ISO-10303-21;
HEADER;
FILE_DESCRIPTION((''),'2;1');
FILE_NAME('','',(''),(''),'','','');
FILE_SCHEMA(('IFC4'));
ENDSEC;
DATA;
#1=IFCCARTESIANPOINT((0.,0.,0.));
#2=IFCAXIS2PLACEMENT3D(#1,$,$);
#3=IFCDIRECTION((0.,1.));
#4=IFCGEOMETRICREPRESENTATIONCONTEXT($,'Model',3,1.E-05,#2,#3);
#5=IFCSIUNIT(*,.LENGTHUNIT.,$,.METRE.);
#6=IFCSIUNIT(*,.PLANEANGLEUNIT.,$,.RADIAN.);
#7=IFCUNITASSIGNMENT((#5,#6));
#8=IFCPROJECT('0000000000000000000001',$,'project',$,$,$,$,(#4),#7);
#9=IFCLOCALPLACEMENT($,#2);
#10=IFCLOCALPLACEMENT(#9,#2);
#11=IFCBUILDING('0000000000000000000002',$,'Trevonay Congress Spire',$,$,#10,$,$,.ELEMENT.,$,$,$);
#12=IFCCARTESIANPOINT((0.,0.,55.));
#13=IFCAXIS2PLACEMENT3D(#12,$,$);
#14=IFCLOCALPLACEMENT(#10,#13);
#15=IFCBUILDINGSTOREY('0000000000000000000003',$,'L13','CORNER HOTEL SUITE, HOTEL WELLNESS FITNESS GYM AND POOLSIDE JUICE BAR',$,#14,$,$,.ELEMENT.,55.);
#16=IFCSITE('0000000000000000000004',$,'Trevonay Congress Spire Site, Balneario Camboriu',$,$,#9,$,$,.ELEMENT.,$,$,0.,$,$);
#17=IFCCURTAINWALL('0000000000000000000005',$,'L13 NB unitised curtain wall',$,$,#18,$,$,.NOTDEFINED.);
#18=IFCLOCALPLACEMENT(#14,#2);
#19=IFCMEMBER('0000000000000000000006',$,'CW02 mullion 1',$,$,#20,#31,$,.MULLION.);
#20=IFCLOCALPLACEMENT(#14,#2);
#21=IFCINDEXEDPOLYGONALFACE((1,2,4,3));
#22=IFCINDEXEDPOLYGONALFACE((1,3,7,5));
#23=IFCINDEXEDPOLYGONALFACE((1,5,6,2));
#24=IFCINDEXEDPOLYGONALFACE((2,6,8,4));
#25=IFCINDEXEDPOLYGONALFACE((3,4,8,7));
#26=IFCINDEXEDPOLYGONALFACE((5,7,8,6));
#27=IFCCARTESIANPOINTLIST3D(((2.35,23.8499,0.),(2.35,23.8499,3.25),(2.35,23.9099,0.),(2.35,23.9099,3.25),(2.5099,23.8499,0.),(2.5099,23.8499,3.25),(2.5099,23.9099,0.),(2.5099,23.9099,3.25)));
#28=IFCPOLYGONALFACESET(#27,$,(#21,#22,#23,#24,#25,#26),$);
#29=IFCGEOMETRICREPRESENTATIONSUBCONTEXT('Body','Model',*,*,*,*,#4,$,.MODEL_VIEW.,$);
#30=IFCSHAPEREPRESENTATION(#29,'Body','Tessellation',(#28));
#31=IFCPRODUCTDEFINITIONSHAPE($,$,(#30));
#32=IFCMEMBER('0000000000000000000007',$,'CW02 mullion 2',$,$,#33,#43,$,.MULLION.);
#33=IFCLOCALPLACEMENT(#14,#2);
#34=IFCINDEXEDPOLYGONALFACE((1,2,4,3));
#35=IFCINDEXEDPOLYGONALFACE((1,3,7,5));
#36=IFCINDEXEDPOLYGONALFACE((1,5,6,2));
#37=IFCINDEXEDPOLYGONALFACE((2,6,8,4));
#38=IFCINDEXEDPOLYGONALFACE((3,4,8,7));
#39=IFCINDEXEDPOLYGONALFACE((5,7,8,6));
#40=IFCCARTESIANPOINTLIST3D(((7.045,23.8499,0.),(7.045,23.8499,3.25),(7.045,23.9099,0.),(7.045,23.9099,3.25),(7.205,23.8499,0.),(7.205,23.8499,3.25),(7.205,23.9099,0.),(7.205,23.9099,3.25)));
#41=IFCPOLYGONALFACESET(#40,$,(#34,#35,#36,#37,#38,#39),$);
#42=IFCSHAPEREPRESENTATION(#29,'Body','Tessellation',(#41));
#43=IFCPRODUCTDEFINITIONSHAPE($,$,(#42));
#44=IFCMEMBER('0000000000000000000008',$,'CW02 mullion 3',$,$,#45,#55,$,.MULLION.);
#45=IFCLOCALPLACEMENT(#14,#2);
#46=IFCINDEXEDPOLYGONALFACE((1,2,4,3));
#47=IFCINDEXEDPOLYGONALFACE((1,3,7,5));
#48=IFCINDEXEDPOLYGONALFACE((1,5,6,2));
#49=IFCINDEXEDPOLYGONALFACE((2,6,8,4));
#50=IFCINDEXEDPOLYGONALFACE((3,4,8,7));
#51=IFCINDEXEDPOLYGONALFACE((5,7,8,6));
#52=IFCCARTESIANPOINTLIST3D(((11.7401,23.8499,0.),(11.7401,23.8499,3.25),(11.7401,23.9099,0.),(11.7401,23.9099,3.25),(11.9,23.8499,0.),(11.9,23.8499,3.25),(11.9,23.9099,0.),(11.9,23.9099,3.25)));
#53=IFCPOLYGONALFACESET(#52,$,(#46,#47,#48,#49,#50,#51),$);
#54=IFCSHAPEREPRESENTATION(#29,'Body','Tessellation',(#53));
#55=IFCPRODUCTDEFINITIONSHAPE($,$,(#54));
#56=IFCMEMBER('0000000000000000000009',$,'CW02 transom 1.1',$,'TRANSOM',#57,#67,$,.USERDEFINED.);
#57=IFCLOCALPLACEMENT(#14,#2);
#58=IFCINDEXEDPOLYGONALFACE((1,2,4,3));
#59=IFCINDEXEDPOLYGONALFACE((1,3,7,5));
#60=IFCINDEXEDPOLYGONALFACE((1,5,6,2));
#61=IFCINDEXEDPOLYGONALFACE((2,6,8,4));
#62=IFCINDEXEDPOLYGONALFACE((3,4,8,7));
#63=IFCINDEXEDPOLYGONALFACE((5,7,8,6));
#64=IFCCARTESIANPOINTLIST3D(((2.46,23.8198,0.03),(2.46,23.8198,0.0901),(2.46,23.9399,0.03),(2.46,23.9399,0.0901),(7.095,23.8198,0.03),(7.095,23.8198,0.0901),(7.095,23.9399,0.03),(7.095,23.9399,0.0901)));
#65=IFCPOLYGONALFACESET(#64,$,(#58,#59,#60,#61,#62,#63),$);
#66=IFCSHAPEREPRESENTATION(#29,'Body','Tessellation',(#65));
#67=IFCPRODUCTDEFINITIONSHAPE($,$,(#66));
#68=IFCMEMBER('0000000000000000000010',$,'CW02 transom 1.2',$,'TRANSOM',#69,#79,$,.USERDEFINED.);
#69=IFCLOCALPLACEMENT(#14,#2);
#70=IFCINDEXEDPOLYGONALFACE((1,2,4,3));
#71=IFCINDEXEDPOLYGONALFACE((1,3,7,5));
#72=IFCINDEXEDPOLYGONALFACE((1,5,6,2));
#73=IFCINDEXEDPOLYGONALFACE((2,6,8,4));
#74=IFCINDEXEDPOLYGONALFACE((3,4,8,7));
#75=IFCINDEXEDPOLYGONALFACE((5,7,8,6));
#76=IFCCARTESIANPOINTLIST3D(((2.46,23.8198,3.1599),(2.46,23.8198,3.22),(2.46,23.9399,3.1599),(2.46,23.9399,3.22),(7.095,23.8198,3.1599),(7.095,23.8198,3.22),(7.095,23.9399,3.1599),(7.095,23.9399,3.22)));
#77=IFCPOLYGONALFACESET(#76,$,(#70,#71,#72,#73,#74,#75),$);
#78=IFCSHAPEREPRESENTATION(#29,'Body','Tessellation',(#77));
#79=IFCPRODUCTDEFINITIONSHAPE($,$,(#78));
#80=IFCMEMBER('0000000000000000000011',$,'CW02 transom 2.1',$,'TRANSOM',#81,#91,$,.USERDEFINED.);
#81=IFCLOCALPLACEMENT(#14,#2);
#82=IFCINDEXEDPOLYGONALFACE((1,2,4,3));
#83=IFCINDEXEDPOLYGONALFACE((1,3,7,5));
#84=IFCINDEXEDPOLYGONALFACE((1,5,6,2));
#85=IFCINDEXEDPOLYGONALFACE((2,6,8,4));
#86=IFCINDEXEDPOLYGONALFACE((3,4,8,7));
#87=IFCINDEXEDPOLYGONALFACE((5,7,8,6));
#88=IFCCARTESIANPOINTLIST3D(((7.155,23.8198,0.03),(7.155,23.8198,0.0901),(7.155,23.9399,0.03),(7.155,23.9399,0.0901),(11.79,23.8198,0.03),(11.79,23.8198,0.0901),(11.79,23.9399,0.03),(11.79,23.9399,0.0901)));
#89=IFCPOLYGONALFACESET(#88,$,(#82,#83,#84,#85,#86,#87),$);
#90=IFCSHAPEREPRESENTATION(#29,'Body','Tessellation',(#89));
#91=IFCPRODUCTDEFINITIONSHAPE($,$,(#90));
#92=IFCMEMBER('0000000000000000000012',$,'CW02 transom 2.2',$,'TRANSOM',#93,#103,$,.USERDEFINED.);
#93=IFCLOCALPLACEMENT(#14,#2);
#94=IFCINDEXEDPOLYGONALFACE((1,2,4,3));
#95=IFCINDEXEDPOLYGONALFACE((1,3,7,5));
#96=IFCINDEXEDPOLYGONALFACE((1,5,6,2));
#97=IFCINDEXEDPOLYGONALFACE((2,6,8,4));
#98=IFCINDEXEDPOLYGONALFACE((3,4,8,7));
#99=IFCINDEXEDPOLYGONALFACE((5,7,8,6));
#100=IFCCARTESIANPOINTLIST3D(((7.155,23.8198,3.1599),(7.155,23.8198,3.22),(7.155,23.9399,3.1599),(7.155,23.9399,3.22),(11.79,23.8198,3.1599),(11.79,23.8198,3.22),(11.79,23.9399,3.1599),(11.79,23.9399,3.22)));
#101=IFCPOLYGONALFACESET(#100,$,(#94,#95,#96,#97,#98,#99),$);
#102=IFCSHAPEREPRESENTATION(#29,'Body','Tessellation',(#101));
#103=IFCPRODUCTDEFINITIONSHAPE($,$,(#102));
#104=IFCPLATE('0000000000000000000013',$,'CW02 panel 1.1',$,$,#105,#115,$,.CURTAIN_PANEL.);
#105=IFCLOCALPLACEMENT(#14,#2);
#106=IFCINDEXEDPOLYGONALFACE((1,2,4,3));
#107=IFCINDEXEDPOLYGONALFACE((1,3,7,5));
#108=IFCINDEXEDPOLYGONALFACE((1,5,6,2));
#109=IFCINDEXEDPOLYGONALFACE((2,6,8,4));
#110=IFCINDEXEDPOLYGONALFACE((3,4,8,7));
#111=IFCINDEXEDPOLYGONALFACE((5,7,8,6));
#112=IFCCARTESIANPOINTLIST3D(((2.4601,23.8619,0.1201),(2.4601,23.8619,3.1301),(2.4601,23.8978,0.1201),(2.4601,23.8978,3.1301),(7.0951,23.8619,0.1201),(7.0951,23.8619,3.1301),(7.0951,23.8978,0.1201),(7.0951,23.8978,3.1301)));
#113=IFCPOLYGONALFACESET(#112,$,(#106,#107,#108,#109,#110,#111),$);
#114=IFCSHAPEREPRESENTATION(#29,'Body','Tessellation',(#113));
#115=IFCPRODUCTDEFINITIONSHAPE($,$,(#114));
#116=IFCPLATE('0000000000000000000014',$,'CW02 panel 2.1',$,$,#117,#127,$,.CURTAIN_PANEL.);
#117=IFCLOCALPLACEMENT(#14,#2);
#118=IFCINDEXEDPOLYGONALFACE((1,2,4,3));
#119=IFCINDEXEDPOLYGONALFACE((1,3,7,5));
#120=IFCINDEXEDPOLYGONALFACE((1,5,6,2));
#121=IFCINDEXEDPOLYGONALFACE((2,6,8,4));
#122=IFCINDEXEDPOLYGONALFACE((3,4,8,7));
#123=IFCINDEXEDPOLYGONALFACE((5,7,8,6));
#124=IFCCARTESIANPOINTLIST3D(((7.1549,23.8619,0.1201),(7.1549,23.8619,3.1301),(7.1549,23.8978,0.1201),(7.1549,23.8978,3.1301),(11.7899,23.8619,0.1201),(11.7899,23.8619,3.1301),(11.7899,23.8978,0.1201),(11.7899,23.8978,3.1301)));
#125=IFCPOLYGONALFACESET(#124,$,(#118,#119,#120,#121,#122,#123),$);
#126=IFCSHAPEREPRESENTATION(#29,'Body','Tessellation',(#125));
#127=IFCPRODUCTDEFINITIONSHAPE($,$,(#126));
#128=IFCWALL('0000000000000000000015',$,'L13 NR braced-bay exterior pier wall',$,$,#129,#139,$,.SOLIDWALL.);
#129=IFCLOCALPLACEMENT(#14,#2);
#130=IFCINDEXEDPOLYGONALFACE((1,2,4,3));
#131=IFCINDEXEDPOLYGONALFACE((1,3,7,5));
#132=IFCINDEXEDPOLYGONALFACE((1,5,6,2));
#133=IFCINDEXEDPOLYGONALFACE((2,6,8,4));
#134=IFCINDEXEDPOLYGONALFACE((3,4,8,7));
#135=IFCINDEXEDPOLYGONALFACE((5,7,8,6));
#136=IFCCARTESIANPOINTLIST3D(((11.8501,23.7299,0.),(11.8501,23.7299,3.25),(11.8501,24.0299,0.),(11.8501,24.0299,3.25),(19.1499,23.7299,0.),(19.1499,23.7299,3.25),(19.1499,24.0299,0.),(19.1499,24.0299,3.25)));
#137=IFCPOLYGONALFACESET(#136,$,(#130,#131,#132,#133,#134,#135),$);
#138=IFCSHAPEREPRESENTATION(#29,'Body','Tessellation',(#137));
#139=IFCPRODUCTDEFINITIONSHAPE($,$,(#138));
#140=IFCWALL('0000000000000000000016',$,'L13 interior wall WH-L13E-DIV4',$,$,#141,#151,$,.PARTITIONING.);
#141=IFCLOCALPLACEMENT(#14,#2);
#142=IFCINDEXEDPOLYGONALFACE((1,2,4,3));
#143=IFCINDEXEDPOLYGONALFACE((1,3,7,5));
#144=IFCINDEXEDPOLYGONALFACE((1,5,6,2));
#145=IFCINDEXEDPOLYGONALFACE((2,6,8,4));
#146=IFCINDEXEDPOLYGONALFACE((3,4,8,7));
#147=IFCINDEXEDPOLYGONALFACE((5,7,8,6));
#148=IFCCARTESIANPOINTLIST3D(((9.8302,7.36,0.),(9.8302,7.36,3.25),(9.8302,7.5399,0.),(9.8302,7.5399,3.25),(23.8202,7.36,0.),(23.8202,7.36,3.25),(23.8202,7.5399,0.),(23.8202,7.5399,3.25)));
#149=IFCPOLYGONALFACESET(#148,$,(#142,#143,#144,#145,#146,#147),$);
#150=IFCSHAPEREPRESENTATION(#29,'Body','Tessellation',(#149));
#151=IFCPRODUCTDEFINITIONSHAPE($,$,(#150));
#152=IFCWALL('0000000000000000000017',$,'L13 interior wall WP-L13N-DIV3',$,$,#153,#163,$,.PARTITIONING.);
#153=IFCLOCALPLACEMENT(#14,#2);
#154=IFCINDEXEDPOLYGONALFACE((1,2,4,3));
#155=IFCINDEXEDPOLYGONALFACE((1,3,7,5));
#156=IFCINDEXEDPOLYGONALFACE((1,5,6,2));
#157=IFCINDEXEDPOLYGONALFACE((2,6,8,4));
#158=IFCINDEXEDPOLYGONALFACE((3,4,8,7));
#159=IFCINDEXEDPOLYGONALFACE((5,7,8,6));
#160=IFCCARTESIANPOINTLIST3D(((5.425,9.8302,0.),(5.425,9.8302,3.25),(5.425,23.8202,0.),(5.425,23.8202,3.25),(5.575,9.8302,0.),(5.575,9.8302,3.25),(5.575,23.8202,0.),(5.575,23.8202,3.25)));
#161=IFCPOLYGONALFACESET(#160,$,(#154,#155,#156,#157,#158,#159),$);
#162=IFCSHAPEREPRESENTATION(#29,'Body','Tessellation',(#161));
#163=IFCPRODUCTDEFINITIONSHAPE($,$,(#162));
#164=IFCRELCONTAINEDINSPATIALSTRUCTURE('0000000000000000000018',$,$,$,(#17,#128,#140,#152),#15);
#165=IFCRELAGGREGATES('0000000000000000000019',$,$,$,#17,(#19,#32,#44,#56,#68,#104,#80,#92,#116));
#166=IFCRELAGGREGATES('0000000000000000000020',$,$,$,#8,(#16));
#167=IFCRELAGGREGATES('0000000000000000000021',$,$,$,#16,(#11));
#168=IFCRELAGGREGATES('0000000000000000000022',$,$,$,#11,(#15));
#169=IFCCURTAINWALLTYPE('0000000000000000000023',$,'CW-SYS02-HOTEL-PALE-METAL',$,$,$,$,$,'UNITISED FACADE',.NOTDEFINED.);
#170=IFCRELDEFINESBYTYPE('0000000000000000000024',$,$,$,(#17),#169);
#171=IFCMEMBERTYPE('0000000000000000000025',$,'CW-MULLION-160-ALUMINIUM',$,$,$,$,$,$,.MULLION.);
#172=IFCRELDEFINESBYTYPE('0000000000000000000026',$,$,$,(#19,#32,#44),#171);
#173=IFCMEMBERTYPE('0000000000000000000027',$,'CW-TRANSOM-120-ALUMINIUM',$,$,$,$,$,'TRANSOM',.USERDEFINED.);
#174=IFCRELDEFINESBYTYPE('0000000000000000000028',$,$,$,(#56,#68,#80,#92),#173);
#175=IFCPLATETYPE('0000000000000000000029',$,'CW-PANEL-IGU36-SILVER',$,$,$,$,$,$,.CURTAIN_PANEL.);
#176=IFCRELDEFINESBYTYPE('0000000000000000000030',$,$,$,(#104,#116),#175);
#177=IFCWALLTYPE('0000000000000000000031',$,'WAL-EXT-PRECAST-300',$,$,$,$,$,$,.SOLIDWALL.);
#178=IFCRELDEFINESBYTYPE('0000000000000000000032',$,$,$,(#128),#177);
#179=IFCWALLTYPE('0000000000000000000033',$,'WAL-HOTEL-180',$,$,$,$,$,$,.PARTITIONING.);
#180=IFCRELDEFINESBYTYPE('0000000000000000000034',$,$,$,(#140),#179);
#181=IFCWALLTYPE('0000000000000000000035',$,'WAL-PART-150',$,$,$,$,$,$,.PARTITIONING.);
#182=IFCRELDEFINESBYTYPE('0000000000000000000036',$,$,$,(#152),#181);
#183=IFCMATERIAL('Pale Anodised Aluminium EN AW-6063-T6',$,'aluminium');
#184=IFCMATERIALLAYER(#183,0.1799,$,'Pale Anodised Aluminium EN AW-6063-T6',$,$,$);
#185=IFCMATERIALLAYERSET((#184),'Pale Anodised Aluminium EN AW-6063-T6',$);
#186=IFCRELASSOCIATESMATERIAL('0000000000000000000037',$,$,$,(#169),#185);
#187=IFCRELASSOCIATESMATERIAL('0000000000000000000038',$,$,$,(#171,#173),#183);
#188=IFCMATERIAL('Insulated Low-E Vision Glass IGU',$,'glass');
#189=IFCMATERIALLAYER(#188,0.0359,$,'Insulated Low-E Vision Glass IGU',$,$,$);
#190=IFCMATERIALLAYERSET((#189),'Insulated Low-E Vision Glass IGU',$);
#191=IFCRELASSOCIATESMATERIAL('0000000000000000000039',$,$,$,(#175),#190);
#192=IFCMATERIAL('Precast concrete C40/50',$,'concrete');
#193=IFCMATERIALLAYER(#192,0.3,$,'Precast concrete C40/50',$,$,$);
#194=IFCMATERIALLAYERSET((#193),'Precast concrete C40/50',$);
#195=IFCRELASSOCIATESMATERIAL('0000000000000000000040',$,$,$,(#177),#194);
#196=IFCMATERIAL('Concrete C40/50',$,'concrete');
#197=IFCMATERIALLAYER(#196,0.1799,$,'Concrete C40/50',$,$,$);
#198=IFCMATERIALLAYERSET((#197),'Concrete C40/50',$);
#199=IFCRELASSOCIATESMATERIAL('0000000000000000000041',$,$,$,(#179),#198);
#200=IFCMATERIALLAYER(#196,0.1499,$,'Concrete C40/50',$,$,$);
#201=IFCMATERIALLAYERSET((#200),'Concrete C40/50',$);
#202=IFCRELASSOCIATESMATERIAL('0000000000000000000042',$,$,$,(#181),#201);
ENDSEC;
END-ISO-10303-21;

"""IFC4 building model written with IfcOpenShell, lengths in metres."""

from ifc_helpers import new_model, si_unit, direction, frame, frame_2d, origin, origin_2d, place, context, subcontext, project, spatial, rectangle, extrude, material, layer, layer_set, material_profile, profile_set, type_object, element, aggregate, save


model = new_model("IFC4")

# Units and contexts
model_context = context("Model", 3, precision=1e-05, world=origin(), true_north=direction((0.0, 1.0)))
body_context = subcontext(model_context, "Body", "Model", "MODEL_VIEW")
ifc_project = project(units=[si_unit("LENGTHUNIT", "METRE"), si_unit("PLANEANGLEUNIT", "RADIAN")], contexts=[model_context])

# Site, building, storey
site_placement = place(None, origin())
site = spatial("IfcSite", under=ifc_project, at=site_placement, Name="Trevonay Congress Spire Site, Balneario Camboriu", CompositionType="ELEMENT", RefElevation=0.0)
building_placement = place(site_placement, origin())
building = spatial("IfcBuilding", under=site, at=building_placement, Name="Trevonay Congress Spire", CompositionType="ELEMENT")
storey_placement = place(building_placement, frame((0.0, 0.0, 55.0)))
storey = spatial("IfcBuildingStorey", under=building, at=storey_placement, Name="L13", Description="CORNER HOTEL SUITE, HOTEL WELLNESS FITNESS GYM AND POOLSIDE JUICE BAR", CompositionType="ELEMENT", Elevation=55.0)

# Curtain wall, members, plates
ifc_material_1 = material(Name="Pale Anodised Aluminium EN AW-6063-T6", Category="aluminium")
ifc_layer_1 = layer(ifc_material_1, 0.1799, Name="Pale Anodised Aluminium EN AW-6063-T6")
ifc_layer_set_1 = layer_set([ifc_layer_1], Name="Pale Anodised Aluminium EN AW-6063-T6")
curtain_wall_type = type_object("IfcCurtainWallType", Name="CW-SYS02-HOTEL-PALE-METAL", ElementType="UNITISED FACADE", PredefinedType="NOTDEFINED", material=ifc_layer_set_1)
curtain_wall_placement = place(storey_placement, origin())
curtain_wall = element("IfcCurtainWall", 1, at=curtain_wall_placement, inside=storey, type_object=curtain_wall_type, Name="L13 NB unitised curtain wall", PredefinedType="NOTDEFINED")
ifc_material_profile_1 = material_profile(ifc_material_1, rectangle(XDim=0.0601, YDim=0.1599, at=origin_2d()), Name="CW-MULLION-160-ALUMINIUM")
ifc_profile_set_1 = profile_set([ifc_material_profile_1], Name="Pale Anodised Aluminium EN AW-6063-T6")
member_type_1 = type_object("IfcMemberType", Name="CW-MULLION-160-ALUMINIUM", PredefinedType="MULLION", material=ifc_profile_set_1)
member_1_placement = place(storey_placement, frame((2.4299, 23.8799, 0.0), z_axis=(0.0, 0.0, 1.0), x_axis=(0.0, 1.0, 0.0)))
member_1 = element("IfcMember", 2, at=member_1_placement, type_object=member_type_1, Name="CW02 mullion 1", PredefinedType="MULLION", context=body_context, shape_type="SweptSolid", body=[
    extrude(rectangle(XDim=0.0601, YDim=0.1599, at=origin_2d()), origin(), (0.0, 0.0, 1.0), 3.25),
])
member_2_placement = place(storey_placement, frame((7.125, 23.8799, 0.0), z_axis=(0.0, 0.0, 1.0), x_axis=(0.0, 1.0, 0.0)))
member_2 = element("IfcMember", 3, at=member_2_placement, type_object=member_type_1, Name="CW02 mullion 2", PredefinedType="MULLION", context=body_context, shape_type="SweptSolid", body=[
    extrude(rectangle(XDim=0.0601, YDim=0.1599, at=origin_2d()), origin(), (0.0, 0.0, 1.0), 3.25),
])
member_3_placement = place(storey_placement, frame((11.8201, 23.8799, 0.0), z_axis=(0.0, 0.0, 1.0), x_axis=(0.0, 1.0, 0.0)))
member_3 = element("IfcMember", 4, at=member_3_placement, type_object=member_type_1, Name="CW02 mullion 3", PredefinedType="MULLION", context=body_context, shape_type="SweptSolid", body=[
    extrude(rectangle(XDim=0.0601, YDim=0.1599, at=origin_2d()), origin(), (0.0, 0.0, 1.0), 3.25),
])
ifc_material_profile_2 = material_profile(ifc_material_1, rectangle(XDim=0.1201, YDim=0.0601, at=origin_2d()), Name="CW-TRANSOM-120-ALUMINIUM")
ifc_profile_set_2 = profile_set([ifc_material_profile_2], Name="Pale Anodised Aluminium EN AW-6063-T6")
member_type_2 = type_object("IfcMemberType", Name="CW-TRANSOM-120-ALUMINIUM", ElementType="TRANSOM", PredefinedType="USERDEFINED", material=ifc_profile_set_2)
member_4_placement = place(storey_placement, frame((2.46, 23.8799, 0.0601), z_axis=(1.0, 0.0, 0.0), x_axis=(0.0, 1.0, 0.0)))
member_4 = element("IfcMember", 5, at=member_4_placement, type_object=member_type_2, Name="CW02 transom 1.1", ObjectType="TRANSOM", PredefinedType="USERDEFINED", context=body_context, shape_type="SweptSolid", body=[
    extrude(rectangle(XDim=0.1201, YDim=0.0601, at=origin_2d()), origin(), (0.0, 0.0, 1.0), 4.635),
])
member_5_placement = place(storey_placement, frame((2.46, 23.8799, 3.1899), z_axis=(1.0, 0.0, 0.0), x_axis=(0.0, 1.0, 0.0)))
member_5 = element("IfcMember", 6, at=member_5_placement, type_object=member_type_2, Name="CW02 transom 1.2", ObjectType="TRANSOM", PredefinedType="USERDEFINED", context=body_context, shape_type="SweptSolid", body=[
    extrude(rectangle(XDim=0.1201, YDim=0.0601, at=origin_2d()), origin(), (0.0, 0.0, 1.0), 4.635),
])
member_6_placement = place(storey_placement, frame((7.155, 23.8799, 0.0601), z_axis=(1.0, 0.0, 0.0), x_axis=(0.0, 1.0, 0.0)))
member_6 = element("IfcMember", 7, at=member_6_placement, type_object=member_type_2, Name="CW02 transom 2.1", ObjectType="TRANSOM", PredefinedType="USERDEFINED", context=body_context, shape_type="SweptSolid", body=[
    extrude(rectangle(XDim=0.1201, YDim=0.0601, at=origin_2d()), origin(), (0.0, 0.0, 1.0), 4.635),
])
member_7_placement = place(storey_placement, frame((7.155, 23.8799, 3.1899), z_axis=(1.0, 0.0, 0.0), x_axis=(0.0, 1.0, 0.0)))
member_7 = element("IfcMember", 8, at=member_7_placement, type_object=member_type_2, Name="CW02 transom 2.2", ObjectType="TRANSOM", PredefinedType="USERDEFINED", context=body_context, shape_type="SweptSolid", body=[
    extrude(rectangle(XDim=0.1201, YDim=0.0601, at=origin_2d()), origin(), (0.0, 0.0, 1.0), 4.635),
])
ifc_material_2 = material(Name="Insulated Low-E Vision Glass IGU", Category="glass")
ifc_layer_2 = layer(ifc_material_2, 0.0359, Name="Insulated Low-E Vision Glass IGU")
ifc_layer_set_2 = layer_set([ifc_layer_2], Name="Insulated Low-E Vision Glass IGU")
plate_type = type_object("IfcPlateType", Name="CW-PANEL-IGU36-SILVER", PredefinedType="CURTAIN_PANEL", material=ifc_layer_set_2)
plate_1_placement = place(storey_placement, frame((4.7776, 23.8799, 0.1201), z_axis=(0.0, 0.0, 1.0), x_axis=(1.0, 0.0, 0.0)))
plate_1 = element("IfcPlate", 9, at=plate_1_placement, type_object=plate_type, Name="CW02 panel 1.1", PredefinedType="CURTAIN_PANEL", context=body_context, shape_type="SweptSolid", body=[
    extrude(rectangle(XDim=4.635, YDim=0.0359, at=origin_2d()), origin(), (0.0, 0.0, 1.0), 3.01),
])
plate_2_placement = place(storey_placement, frame((9.4724, 23.8799, 0.1201), z_axis=(0.0, 0.0, 1.0), x_axis=(1.0, 0.0, 0.0)))
plate_2 = element("IfcPlate", 10, at=plate_2_placement, type_object=plate_type, Name="CW02 panel 2.1", PredefinedType="CURTAIN_PANEL", context=body_context, shape_type="SweptSolid", body=[
    extrude(rectangle(XDim=4.635, YDim=0.0359, at=origin_2d()), origin(), (0.0, 0.0, 1.0), 3.01),
])
aggregate(curtain_wall, [member_1, member_2, member_3, member_4, member_5, plate_1, member_6, member_7, plate_2])

# Walls
ifc_material_3 = material(Name="Precast concrete C40/50", Category="concrete")
ifc_layer_3 = layer(ifc_material_3, 0.3, Name="Precast concrete C40/50")
ifc_layer_set_3 = layer_set([ifc_layer_3], Name="Precast concrete C40/50")
wall_type_1 = type_object("IfcWallType", Name="WAL-EXT-PRECAST-300", PredefinedType="SOLIDWALL", material=ifc_layer_set_3)
wall_1_placement = place(storey_placement, frame((11.8501, 23.8799, 0.0), z_axis=(0.0, 0.0, 1.0), x_axis=(1.0, 0.0, 0.0)))
element("IfcWall", 11, at=wall_1_placement, inside=storey, type_object=wall_type_1, Name="L13 NR braced-bay exterior pier wall", PredefinedType="SOLIDWALL", context=body_context, shape_type="SweptSolid", body=[
    extrude(rectangle(XDim=7.2998, YDim=0.3, at=frame_2d((3.6499, 0.0))), origin(), (0.0, 0.0, 1.0), 3.25),
])
ifc_material_4 = material(Name="Concrete C40/50", Category="concrete")
ifc_layer_4 = layer(ifc_material_4, 0.1799, Name="Concrete C40/50")
ifc_layer_set_4 = layer_set([ifc_layer_4], Name="Concrete C40/50")
wall_type_2 = type_object("IfcWallType", Name="WAL-HOTEL-180", PredefinedType="PARTITIONING", material=ifc_layer_set_4)
wall_2_placement = place(storey_placement, frame((9.8301, 7.45, 0.0), z_axis=(0.0, 0.0, 1.0), x_axis=(1.0, 0.0, 0.0)))
element("IfcWall", 12, at=wall_2_placement, inside=storey, type_object=wall_type_2, Name="L13 interior wall WH-L13E-DIV4", PredefinedType="PARTITIONING", context=body_context, shape_type="SweptSolid", body=[
    extrude(rectangle(XDim=13.99, YDim=0.1799, at=frame_2d((6.9951, 0.0))), origin(), (0.0, 0.0, 1.0), 3.25),
])
ifc_layer_5 = layer(ifc_material_4, 0.1499, Name="Concrete C40/50")
ifc_layer_set_5 = layer_set([ifc_layer_5], Name="Concrete C40/50")
wall_type_3 = type_object("IfcWallType", Name="WAL-PART-150", PredefinedType="PARTITIONING", material=ifc_layer_set_5)
wall_3_placement = place(storey_placement, frame((5.5, 9.8301, 0.0), z_axis=(0.0, 0.0, 1.0), x_axis=(0.0, 1.0, 0.0)))
element("IfcWall", 13, at=wall_3_placement, inside=storey, type_object=wall_type_3, Name="L13 interior wall WP-L13N-DIV3", PredefinedType="PARTITIONING", context=body_context, shape_type="SweptSolid", body=[
    extrude(rectangle(XDim=13.99, YDim=0.1499, at=frame_2d((6.9951, 0.0))), origin(), (0.0, 0.0, 1.0), 3.25),
])

save(model, "model.ifc")
